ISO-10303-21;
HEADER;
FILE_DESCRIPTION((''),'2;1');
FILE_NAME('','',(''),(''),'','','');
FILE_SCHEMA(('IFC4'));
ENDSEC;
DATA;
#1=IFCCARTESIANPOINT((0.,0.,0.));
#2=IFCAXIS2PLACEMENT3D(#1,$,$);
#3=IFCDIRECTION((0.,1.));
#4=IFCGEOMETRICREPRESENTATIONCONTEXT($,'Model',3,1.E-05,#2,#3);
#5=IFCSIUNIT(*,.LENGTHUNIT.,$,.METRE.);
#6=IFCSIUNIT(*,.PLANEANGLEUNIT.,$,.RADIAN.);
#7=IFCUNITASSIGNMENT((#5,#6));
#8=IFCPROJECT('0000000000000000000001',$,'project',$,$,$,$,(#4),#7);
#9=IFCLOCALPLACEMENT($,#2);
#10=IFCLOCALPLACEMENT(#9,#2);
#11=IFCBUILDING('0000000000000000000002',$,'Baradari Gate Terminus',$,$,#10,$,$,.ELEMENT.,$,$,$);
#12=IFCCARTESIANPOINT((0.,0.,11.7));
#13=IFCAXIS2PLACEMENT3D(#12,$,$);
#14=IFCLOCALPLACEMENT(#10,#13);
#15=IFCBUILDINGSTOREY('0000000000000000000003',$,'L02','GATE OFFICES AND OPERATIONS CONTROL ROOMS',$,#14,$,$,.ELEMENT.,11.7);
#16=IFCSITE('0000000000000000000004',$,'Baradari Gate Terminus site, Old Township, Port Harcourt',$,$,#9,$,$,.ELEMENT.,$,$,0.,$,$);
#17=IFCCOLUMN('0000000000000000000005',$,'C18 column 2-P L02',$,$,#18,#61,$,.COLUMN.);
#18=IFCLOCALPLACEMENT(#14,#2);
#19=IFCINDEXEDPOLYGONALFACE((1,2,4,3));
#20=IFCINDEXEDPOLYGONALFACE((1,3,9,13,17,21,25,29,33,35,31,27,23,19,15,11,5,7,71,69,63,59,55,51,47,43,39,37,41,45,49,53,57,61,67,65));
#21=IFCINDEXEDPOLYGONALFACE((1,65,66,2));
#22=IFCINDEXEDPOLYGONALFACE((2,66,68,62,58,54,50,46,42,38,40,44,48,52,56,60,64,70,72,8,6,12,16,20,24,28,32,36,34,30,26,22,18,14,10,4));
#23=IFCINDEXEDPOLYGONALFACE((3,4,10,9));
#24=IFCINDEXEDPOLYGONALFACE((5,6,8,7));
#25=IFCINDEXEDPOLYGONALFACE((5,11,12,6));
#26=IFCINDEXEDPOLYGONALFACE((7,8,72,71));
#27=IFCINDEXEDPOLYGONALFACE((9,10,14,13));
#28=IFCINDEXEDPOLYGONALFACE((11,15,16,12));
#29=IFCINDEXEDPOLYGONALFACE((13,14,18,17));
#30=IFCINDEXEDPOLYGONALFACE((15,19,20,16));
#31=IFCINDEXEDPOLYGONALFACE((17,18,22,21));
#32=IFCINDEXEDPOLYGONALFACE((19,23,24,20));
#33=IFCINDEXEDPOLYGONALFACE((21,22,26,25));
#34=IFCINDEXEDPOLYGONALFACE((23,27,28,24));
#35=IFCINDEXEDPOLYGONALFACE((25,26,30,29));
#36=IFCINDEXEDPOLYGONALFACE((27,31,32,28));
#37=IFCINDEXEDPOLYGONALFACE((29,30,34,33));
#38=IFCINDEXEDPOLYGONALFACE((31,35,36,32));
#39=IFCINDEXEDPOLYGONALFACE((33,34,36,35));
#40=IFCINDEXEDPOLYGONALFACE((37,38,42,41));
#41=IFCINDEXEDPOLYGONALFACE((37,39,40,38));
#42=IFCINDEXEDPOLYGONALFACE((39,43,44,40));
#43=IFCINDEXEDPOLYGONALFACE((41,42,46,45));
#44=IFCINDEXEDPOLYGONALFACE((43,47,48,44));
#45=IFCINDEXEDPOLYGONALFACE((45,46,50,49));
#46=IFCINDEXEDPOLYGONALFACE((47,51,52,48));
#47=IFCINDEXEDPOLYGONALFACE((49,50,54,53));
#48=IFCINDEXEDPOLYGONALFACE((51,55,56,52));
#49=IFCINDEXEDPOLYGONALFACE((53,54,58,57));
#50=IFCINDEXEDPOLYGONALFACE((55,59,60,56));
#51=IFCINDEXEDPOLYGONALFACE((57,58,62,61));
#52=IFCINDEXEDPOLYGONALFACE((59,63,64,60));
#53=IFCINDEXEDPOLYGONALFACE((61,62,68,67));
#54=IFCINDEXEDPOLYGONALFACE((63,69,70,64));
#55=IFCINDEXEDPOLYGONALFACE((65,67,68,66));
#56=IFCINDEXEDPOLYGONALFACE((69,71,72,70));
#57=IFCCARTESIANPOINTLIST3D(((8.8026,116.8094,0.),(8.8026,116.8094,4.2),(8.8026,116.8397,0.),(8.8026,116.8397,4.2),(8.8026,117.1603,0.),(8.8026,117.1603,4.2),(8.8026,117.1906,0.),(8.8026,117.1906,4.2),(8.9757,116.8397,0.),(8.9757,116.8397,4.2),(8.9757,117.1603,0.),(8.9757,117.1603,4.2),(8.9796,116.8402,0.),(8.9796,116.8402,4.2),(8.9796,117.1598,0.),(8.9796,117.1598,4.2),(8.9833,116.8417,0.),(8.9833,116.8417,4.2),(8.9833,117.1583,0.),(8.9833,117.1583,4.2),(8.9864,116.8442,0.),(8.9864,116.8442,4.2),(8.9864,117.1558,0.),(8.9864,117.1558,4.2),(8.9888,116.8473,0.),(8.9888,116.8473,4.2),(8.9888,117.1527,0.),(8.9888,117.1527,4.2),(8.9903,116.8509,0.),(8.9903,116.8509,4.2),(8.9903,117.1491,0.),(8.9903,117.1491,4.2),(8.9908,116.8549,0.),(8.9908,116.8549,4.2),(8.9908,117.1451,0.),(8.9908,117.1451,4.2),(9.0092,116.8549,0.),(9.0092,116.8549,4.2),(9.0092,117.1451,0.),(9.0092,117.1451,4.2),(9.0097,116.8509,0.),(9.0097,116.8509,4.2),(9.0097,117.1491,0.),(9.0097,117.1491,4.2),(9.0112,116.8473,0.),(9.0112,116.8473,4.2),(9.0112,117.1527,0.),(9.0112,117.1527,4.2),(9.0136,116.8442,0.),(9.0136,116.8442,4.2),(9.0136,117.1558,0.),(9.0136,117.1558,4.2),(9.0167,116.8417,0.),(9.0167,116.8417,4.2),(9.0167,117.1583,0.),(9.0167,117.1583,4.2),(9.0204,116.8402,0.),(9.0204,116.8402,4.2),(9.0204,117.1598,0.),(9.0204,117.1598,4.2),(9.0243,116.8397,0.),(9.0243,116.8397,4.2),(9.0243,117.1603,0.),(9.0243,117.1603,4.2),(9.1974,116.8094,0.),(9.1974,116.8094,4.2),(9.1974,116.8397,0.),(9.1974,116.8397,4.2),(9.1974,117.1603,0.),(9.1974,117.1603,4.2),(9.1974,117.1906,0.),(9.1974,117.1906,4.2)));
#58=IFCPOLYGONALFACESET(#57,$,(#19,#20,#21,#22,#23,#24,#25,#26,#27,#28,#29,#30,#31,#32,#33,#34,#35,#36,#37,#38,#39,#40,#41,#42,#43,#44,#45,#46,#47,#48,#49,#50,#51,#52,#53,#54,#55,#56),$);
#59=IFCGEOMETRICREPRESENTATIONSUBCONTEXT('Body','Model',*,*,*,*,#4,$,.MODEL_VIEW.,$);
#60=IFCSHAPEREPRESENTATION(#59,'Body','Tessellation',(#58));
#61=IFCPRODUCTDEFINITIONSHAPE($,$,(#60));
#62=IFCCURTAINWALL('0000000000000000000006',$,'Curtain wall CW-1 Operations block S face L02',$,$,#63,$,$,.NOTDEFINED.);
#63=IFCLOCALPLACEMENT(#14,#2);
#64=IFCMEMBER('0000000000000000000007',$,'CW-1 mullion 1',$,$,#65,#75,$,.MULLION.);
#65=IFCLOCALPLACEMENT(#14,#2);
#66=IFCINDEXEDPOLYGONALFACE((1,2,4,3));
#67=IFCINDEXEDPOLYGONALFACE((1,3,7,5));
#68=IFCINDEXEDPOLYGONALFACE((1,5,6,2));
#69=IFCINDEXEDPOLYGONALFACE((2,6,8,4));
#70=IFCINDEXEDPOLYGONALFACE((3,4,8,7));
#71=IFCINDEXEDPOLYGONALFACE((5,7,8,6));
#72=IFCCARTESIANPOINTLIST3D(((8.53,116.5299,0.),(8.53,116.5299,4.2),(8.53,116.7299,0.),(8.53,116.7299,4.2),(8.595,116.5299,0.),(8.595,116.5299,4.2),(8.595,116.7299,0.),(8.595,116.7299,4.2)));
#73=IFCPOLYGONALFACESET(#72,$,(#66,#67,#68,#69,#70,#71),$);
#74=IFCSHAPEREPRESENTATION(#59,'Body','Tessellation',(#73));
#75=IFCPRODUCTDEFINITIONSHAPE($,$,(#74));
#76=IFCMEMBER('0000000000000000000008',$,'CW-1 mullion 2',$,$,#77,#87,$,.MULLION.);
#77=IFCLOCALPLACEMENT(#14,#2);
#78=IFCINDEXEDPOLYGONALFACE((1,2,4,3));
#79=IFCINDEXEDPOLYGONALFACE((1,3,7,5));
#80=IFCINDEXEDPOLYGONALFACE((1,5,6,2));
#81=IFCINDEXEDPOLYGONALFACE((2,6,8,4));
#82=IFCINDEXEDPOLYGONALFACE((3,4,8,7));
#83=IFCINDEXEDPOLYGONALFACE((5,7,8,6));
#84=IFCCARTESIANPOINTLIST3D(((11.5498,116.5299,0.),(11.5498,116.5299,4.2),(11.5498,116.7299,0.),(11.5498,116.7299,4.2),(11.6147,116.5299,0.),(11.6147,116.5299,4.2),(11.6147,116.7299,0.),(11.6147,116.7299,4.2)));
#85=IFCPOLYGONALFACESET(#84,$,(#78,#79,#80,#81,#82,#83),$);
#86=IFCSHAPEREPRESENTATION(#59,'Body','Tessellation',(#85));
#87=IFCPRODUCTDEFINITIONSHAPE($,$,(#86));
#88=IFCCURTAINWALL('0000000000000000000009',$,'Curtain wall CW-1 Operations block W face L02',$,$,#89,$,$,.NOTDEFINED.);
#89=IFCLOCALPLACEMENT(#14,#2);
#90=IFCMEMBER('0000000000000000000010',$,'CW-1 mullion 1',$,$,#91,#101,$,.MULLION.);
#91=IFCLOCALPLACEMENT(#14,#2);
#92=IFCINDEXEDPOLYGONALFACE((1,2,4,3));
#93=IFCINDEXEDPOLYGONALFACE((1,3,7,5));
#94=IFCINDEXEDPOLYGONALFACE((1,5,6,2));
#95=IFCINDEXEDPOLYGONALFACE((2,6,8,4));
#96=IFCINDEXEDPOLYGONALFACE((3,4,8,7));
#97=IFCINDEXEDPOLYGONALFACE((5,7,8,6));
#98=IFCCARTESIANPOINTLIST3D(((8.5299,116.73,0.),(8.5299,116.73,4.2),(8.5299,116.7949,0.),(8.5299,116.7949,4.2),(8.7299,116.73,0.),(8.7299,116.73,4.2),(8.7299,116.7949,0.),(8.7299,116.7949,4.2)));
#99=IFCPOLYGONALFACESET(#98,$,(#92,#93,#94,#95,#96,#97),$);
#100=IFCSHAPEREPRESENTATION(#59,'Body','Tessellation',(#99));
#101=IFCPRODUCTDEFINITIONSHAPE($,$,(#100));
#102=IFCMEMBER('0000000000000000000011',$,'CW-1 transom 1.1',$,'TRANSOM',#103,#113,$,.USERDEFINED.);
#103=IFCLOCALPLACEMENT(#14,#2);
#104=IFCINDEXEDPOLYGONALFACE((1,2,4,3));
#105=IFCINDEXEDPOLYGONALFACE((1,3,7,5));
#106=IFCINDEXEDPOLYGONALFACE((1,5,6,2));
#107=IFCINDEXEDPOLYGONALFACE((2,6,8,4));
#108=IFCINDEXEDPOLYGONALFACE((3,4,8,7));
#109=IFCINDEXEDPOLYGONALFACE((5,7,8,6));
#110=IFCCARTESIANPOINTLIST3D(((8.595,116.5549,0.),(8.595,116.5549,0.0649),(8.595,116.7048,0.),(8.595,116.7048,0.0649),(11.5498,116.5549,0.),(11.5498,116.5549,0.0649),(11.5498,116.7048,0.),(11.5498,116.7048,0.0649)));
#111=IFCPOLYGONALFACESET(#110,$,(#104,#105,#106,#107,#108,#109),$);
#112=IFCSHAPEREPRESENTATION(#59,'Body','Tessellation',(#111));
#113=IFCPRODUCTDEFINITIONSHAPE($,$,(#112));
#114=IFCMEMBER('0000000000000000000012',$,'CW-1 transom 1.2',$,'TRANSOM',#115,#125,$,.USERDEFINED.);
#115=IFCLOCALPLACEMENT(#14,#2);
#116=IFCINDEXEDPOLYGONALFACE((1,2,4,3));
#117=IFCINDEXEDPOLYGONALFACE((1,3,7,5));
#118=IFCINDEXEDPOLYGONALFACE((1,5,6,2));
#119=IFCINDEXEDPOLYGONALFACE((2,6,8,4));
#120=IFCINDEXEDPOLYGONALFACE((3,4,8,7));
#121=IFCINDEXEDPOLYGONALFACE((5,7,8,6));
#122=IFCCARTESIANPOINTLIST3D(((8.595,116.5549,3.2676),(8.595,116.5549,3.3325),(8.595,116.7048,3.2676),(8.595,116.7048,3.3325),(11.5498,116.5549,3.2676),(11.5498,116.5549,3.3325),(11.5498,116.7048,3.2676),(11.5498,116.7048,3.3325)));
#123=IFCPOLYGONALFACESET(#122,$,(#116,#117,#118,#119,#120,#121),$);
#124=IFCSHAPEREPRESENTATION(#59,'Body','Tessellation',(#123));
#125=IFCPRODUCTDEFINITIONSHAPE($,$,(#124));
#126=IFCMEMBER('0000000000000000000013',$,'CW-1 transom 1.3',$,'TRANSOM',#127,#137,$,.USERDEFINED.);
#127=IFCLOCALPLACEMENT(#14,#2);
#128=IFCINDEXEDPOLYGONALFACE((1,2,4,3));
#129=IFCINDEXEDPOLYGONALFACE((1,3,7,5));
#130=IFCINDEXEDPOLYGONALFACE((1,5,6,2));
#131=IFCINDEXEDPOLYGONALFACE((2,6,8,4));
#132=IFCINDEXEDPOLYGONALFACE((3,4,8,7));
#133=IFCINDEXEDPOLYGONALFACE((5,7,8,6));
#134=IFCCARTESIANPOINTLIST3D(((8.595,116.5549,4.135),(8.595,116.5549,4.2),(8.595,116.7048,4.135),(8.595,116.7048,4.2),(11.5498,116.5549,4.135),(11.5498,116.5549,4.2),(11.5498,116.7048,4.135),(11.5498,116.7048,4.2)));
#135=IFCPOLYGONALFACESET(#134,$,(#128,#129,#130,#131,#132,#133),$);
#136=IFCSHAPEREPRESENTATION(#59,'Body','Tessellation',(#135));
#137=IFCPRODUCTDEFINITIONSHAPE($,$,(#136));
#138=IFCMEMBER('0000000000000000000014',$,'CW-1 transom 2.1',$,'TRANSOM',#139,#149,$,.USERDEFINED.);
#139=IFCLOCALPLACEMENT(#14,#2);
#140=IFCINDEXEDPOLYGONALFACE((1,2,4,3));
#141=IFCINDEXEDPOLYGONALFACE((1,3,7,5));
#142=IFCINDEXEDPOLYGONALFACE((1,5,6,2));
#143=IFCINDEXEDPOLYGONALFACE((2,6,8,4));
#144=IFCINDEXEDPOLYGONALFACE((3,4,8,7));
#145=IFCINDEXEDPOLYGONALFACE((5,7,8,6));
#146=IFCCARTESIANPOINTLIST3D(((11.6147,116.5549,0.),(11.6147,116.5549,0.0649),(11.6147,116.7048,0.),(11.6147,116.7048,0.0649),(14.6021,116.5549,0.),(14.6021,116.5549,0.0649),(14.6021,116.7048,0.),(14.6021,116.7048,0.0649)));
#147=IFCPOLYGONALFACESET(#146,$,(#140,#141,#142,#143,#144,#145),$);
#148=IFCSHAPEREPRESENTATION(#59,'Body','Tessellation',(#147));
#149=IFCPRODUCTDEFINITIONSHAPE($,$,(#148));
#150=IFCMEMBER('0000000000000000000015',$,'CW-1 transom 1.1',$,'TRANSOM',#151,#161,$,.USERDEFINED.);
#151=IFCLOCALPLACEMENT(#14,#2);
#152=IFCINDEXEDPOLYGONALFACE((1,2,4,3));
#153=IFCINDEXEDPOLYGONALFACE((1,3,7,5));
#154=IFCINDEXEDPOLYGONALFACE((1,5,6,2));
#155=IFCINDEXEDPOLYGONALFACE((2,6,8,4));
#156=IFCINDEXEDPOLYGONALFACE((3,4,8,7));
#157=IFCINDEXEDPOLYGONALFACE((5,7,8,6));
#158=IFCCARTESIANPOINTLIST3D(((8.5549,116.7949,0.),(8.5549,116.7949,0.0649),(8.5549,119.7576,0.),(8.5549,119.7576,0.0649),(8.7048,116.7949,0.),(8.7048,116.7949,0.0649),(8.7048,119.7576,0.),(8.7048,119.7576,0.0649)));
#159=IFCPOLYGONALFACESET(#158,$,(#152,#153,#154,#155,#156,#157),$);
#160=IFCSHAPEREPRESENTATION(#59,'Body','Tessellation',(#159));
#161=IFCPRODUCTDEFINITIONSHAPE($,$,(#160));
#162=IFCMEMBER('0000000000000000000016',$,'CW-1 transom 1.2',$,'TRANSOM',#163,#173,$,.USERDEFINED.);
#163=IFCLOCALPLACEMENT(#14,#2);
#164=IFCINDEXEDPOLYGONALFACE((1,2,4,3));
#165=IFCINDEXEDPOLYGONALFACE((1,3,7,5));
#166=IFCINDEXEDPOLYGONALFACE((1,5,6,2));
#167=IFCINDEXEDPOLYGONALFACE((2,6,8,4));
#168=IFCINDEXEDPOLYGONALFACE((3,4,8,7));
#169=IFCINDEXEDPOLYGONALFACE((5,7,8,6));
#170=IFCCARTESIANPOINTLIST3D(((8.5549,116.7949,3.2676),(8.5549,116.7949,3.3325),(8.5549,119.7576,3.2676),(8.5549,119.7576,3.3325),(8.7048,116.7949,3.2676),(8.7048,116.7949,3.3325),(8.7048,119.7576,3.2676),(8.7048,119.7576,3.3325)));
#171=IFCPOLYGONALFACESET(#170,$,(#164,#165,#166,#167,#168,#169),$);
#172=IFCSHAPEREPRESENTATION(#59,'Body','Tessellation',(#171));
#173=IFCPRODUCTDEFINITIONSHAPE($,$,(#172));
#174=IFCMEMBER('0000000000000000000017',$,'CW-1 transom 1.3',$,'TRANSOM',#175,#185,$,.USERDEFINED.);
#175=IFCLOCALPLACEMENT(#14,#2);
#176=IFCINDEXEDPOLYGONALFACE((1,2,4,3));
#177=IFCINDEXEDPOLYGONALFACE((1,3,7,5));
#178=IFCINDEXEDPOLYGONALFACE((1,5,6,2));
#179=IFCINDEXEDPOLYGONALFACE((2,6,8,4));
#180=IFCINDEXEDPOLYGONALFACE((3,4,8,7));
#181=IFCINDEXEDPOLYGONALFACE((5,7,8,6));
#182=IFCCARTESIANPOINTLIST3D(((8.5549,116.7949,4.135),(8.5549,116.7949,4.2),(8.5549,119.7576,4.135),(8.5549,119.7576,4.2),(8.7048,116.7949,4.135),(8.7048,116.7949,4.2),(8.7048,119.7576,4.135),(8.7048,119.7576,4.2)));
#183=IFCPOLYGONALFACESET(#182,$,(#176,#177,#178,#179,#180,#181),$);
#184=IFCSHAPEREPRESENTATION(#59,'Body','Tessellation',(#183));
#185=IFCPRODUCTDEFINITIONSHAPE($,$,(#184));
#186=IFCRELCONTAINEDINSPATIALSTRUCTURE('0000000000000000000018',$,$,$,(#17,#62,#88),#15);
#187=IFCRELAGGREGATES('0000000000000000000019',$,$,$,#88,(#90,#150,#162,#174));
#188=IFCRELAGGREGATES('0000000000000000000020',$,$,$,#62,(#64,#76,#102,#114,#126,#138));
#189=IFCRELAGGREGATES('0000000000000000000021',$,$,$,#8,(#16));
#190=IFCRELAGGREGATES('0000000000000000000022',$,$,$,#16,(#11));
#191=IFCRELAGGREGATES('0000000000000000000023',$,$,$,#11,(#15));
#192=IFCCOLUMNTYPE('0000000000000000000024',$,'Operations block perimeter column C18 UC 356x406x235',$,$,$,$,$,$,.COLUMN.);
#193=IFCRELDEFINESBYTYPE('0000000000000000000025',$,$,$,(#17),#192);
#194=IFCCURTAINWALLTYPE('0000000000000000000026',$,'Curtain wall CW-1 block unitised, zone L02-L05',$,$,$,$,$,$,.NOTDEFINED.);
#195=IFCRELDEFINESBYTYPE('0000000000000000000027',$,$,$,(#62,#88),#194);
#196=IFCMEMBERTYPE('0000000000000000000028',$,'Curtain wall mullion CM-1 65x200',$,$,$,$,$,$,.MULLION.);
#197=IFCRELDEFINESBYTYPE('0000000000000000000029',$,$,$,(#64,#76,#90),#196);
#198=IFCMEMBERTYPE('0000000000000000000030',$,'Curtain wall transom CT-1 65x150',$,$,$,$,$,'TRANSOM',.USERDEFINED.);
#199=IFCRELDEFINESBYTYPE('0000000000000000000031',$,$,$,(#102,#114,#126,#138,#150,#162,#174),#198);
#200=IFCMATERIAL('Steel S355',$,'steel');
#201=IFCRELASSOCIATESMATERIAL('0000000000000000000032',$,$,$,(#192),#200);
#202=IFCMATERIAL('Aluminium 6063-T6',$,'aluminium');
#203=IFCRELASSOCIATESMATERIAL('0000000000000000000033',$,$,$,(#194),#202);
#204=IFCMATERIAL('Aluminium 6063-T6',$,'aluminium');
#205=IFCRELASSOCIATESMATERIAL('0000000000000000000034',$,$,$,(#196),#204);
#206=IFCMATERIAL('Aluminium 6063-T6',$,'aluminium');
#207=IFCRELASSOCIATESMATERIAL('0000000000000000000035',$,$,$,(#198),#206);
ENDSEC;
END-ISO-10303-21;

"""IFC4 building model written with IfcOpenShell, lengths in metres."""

from ifc_helpers import new_model, si_unit, direction, frame, origin, origin_2d, place, context, subcontext, project, spatial, rectangle, i_section, extrude, material, material_profile, profile_set, type_object, element, aggregate, save


model = new_model("IFC4")

# Units and contexts
model_context = context("Model", 3, precision=1e-05, world=origin(), true_north=direction((0.0, 1.0)))
body_context = subcontext(model_context, "Body", "Model", "MODEL_VIEW")
ifc_project = project(units=[si_unit("LENGTHUNIT", "METRE"), si_unit("PLANEANGLEUNIT", "RADIAN")], contexts=[model_context])

# Site, building, storey
site_placement = place(None, origin())
site = spatial("IfcSite", under=ifc_project, at=site_placement, Name="Baradari Gate Terminus site, Old Township, Port Harcourt", CompositionType="ELEMENT", RefElevation=0.0)
building_placement = place(site_placement, origin())
building = spatial("IfcBuilding", under=site, at=building_placement, Name="Baradari Gate Terminus", CompositionType="ELEMENT")
storey_placement = place(building_placement, frame((0.0, 0.0, 11.7)))
storey = spatial("IfcBuildingStorey", under=building, at=storey_placement, Name="L02", Description="GATE OFFICES AND OPERATIONS CONTROL ROOMS", CompositionType="ELEMENT", Elevation=11.7)

# Column
ifc_material_1 = material(Name="Steel S355", Category="steel")
ifc_material_profile_1 = material_profile(ifc_material_1, i_section(OverallWidth=0.3948, OverallDepth=0.3811, WebThickness=0.0183, FlangeThickness=0.0303, FilletRadius=0.0151, at=origin_2d()), Name="UC 356x406x235")
ifc_profile_set_1 = profile_set([ifc_material_profile_1], Name="Steel S355")
column_type = type_object("IfcColumnType", Name="Operations block perimeter column C18 UC 356x406x235", PredefinedType="COLUMN", material=ifc_profile_set_1)
column_placement = place(storey_placement, frame((9.0, 117.0, 0.0), z_axis=(0.0, 0.0, 1.0), x_axis=(1.0, 0.0, 0.0)))
element("IfcColumn", 1, at=column_placement, inside=storey, type_object=column_type, Name="C18 column 2-P L02", PredefinedType="COLUMN", context=body_context, shape_type="SweptSolid", body=[
    extrude(i_section(OverallWidth=0.3948, OverallDepth=0.3811, WebThickness=0.0183, FlangeThickness=0.0303, FilletRadius=0.0151, at=origin_2d()), origin(), (0.0, 0.0, 1.0), 4.2),
])

# Curtain wall, members
ifc_material_2 = material(Name="Aluminium 6063-T6", Category="aluminium")
curtain_wall_type = type_object("IfcCurtainWallType", Name="Curtain wall CW-1 block unitised, zone L02-L05", PredefinedType="NOTDEFINED", material=ifc_material_2)
curtain_wall_1_placement = place(storey_placement, origin())
curtain_wall_1 = element("IfcCurtainWall", 2, at=curtain_wall_1_placement, inside=storey, type_object=curtain_wall_type, Name="Curtain wall CW-1 Operations block S face L02", PredefinedType="NOTDEFINED")
ifc_material_3 = material(Name="Aluminium 6063-T6", Category="aluminium")
ifc_material_profile_2 = material_profile(ifc_material_3, rectangle(XDim=0.2, YDim=0.0649, at=origin_2d()), Name="CM-1 65X200")
ifc_profile_set_2 = profile_set([ifc_material_profile_2], Name="Aluminium 6063-T6")
member_type_1 = type_object("IfcMemberType", Name="Curtain wall mullion CM-1 65x200", PredefinedType="MULLION", material=ifc_profile_set_2)
member_1_placement = place(storey_placement, frame((8.5625, 116.6299, 0.0), z_axis=(0.0, 0.0, 1.0), x_axis=(0.0, 1.0, 0.0)))
member_1 = element("IfcMember", 3, at=member_1_placement, type_object=member_type_1, Name="CW-1 mullion 1", PredefinedType="MULLION", context=body_context, shape_type="SweptSolid", body=[
    extrude(rectangle(XDim=0.2, YDim=0.0649, at=origin_2d()), origin(), (0.0, 0.0, 1.0), 4.2),
])
member_2_placement = place(storey_placement, frame((11.5823, 116.6299, 0.0), z_axis=(0.0, 0.0, 1.0), x_axis=(0.0, 1.0, 0.0)))
member_2 = element("IfcMember", 4, at=member_2_placement, type_object=member_type_1, Name="CW-1 mullion 2", PredefinedType="MULLION", context=body_context, shape_type="SweptSolid", body=[
    extrude(rectangle(XDim=0.2, YDim=0.0649, at=origin_2d()), origin(), (0.0, 0.0, 1.0), 4.2),
])

# Curtain wall, member
curtain_wall_2_placement = place(storey_placement, origin())
curtain_wall_2 = element("IfcCurtainWall", 5, at=curtain_wall_2_placement, inside=storey, type_object=curtain_wall_type, Name="Curtain wall CW-1 Operations block W face L02", PredefinedType="NOTDEFINED")
member_3_placement = place(storey_placement, frame((8.6299, 116.7625, 0.0), z_axis=(0.0, 0.0, 1.0), x_axis=(-1.0, 0.0, 0.0)))
member_3 = element("IfcMember", 6, at=member_3_placement, type_object=member_type_1, Name="CW-1 mullion 1", PredefinedType="MULLION", context=body_context, shape_type="SweptSolid", body=[
    extrude(rectangle(XDim=0.2, YDim=0.0649, at=origin_2d()), origin(), (0.0, 0.0, 1.0), 4.2),
])

# Members
ifc_material_4 = material(Name="Aluminium 6063-T6", Category="aluminium")
ifc_material_profile_3 = material_profile(ifc_material_4, rectangle(XDim=0.1499, YDim=0.0649, at=origin_2d()), Name="CT-1 65X150")
ifc_profile_set_3 = profile_set([ifc_material_profile_3], Name="Aluminium 6063-T6")
member_type_2 = type_object("IfcMemberType", Name="Curtain wall transom CT-1 65x150", ElementType="TRANSOM", PredefinedType="USERDEFINED", material=ifc_profile_set_3)
member_4_placement = place(storey_placement, frame((8.595, 116.6299, 0.0325), z_axis=(1.0, 0.0, 0.0), x_axis=(0.0, 1.0, 0.0)))
member_4 = element("IfcMember", 7, at=member_4_placement, type_object=member_type_2, Name="CW-1 transom 1.1", ObjectType="TRANSOM", PredefinedType="USERDEFINED", context=body_context, shape_type="SweptSolid", body=[
    extrude(rectangle(XDim=0.1499, YDim=0.0649, at=origin_2d()), origin(), (0.0, 0.0, 1.0), 2.9548),
])
member_5_placement = place(storey_placement, frame((8.595, 116.6299, 3.3), z_axis=(1.0, 0.0, 0.0), x_axis=(0.0, 1.0, 0.0)))
member_5 = element("IfcMember", 8, at=member_5_placement, type_object=member_type_2, Name="CW-1 transom 1.2", ObjectType="TRANSOM", PredefinedType="USERDEFINED", context=body_context, shape_type="SweptSolid", body=[
    extrude(rectangle(XDim=0.1499, YDim=0.0649, at=origin_2d()), origin(), (0.0, 0.0, 1.0), 2.9548),
])
member_6_placement = place(storey_placement, frame((8.595, 116.6299, 4.1675), z_axis=(1.0, 0.0, 0.0), x_axis=(0.0, 1.0, 0.0)))
member_6 = element("IfcMember", 9, at=member_6_placement, type_object=member_type_2, Name="CW-1 transom 1.3", ObjectType="TRANSOM", PredefinedType="USERDEFINED", context=body_context, shape_type="SweptSolid", body=[
    extrude(rectangle(XDim=0.1499, YDim=0.0649, at=origin_2d()), origin(), (0.0, 0.0, 1.0), 2.9548),
])
member_7_placement = place(storey_placement, frame((11.6147, 116.6299, 0.0325), z_axis=(1.0, 0.0, 0.0), x_axis=(0.0, 1.0, 0.0)))
member_7 = element("IfcMember", 10, at=member_7_placement, type_object=member_type_2, Name="CW-1 transom 2.1", ObjectType="TRANSOM", PredefinedType="USERDEFINED", context=body_context, shape_type="SweptSolid", body=[
    extrude(rectangle(XDim=0.1499, YDim=0.0649, at=origin_2d()), origin(), (0.0, 0.0, 1.0), 2.9873),
])
member_8_placement = place(storey_placement, frame((8.6299, 116.7949, 0.0325), z_axis=(0.0, 1.0, 0.0), x_axis=(-1.0, 0.0, 0.0)))
member_8 = element("IfcMember", 11, at=member_8_placement, type_object=member_type_2, Name="CW-1 transom 1.1", ObjectType="TRANSOM", PredefinedType="USERDEFINED", context=body_context, shape_type="SweptSolid", body=[
    extrude(rectangle(XDim=0.1499, YDim=0.0649, at=origin_2d()), origin(), (0.0, 0.0, 1.0), 2.9626),
])
member_9_placement = place(storey_placement, frame((8.6299, 116.7949, 3.3), z_axis=(0.0, 1.0, 0.0), x_axis=(-1.0, 0.0, 0.0)))
member_9 = element("IfcMember", 12, at=member_9_placement, type_object=member_type_2, Name="CW-1 transom 1.2", ObjectType="TRANSOM", PredefinedType="USERDEFINED", context=body_context, shape_type="SweptSolid", body=[
    extrude(rectangle(XDim=0.1499, YDim=0.0649, at=origin_2d()), origin(), (0.0, 0.0, 1.0), 2.9626),
])
member_10_placement = place(storey_placement, frame((8.6299, 116.7949, 4.1675), z_axis=(0.0, 1.0, 0.0), x_axis=(-1.0, 0.0, 0.0)))
member_10 = element("IfcMember", 13, at=member_10_placement, type_object=member_type_2, Name="CW-1 transom 1.3", ObjectType="TRANSOM", PredefinedType="USERDEFINED", context=body_context, shape_type="SweptSolid", body=[
    extrude(rectangle(XDim=0.1499, YDim=0.0649, at=origin_2d()), origin(), (0.0, 0.0, 1.0), 2.9626),
])
aggregate(curtain_wall_2, [member_3, member_8, member_9, member_10])

aggregate(curtain_wall_1, [member_1, member_2, member_4, member_5, member_6, member_7])

save(model, "model.ifc")
